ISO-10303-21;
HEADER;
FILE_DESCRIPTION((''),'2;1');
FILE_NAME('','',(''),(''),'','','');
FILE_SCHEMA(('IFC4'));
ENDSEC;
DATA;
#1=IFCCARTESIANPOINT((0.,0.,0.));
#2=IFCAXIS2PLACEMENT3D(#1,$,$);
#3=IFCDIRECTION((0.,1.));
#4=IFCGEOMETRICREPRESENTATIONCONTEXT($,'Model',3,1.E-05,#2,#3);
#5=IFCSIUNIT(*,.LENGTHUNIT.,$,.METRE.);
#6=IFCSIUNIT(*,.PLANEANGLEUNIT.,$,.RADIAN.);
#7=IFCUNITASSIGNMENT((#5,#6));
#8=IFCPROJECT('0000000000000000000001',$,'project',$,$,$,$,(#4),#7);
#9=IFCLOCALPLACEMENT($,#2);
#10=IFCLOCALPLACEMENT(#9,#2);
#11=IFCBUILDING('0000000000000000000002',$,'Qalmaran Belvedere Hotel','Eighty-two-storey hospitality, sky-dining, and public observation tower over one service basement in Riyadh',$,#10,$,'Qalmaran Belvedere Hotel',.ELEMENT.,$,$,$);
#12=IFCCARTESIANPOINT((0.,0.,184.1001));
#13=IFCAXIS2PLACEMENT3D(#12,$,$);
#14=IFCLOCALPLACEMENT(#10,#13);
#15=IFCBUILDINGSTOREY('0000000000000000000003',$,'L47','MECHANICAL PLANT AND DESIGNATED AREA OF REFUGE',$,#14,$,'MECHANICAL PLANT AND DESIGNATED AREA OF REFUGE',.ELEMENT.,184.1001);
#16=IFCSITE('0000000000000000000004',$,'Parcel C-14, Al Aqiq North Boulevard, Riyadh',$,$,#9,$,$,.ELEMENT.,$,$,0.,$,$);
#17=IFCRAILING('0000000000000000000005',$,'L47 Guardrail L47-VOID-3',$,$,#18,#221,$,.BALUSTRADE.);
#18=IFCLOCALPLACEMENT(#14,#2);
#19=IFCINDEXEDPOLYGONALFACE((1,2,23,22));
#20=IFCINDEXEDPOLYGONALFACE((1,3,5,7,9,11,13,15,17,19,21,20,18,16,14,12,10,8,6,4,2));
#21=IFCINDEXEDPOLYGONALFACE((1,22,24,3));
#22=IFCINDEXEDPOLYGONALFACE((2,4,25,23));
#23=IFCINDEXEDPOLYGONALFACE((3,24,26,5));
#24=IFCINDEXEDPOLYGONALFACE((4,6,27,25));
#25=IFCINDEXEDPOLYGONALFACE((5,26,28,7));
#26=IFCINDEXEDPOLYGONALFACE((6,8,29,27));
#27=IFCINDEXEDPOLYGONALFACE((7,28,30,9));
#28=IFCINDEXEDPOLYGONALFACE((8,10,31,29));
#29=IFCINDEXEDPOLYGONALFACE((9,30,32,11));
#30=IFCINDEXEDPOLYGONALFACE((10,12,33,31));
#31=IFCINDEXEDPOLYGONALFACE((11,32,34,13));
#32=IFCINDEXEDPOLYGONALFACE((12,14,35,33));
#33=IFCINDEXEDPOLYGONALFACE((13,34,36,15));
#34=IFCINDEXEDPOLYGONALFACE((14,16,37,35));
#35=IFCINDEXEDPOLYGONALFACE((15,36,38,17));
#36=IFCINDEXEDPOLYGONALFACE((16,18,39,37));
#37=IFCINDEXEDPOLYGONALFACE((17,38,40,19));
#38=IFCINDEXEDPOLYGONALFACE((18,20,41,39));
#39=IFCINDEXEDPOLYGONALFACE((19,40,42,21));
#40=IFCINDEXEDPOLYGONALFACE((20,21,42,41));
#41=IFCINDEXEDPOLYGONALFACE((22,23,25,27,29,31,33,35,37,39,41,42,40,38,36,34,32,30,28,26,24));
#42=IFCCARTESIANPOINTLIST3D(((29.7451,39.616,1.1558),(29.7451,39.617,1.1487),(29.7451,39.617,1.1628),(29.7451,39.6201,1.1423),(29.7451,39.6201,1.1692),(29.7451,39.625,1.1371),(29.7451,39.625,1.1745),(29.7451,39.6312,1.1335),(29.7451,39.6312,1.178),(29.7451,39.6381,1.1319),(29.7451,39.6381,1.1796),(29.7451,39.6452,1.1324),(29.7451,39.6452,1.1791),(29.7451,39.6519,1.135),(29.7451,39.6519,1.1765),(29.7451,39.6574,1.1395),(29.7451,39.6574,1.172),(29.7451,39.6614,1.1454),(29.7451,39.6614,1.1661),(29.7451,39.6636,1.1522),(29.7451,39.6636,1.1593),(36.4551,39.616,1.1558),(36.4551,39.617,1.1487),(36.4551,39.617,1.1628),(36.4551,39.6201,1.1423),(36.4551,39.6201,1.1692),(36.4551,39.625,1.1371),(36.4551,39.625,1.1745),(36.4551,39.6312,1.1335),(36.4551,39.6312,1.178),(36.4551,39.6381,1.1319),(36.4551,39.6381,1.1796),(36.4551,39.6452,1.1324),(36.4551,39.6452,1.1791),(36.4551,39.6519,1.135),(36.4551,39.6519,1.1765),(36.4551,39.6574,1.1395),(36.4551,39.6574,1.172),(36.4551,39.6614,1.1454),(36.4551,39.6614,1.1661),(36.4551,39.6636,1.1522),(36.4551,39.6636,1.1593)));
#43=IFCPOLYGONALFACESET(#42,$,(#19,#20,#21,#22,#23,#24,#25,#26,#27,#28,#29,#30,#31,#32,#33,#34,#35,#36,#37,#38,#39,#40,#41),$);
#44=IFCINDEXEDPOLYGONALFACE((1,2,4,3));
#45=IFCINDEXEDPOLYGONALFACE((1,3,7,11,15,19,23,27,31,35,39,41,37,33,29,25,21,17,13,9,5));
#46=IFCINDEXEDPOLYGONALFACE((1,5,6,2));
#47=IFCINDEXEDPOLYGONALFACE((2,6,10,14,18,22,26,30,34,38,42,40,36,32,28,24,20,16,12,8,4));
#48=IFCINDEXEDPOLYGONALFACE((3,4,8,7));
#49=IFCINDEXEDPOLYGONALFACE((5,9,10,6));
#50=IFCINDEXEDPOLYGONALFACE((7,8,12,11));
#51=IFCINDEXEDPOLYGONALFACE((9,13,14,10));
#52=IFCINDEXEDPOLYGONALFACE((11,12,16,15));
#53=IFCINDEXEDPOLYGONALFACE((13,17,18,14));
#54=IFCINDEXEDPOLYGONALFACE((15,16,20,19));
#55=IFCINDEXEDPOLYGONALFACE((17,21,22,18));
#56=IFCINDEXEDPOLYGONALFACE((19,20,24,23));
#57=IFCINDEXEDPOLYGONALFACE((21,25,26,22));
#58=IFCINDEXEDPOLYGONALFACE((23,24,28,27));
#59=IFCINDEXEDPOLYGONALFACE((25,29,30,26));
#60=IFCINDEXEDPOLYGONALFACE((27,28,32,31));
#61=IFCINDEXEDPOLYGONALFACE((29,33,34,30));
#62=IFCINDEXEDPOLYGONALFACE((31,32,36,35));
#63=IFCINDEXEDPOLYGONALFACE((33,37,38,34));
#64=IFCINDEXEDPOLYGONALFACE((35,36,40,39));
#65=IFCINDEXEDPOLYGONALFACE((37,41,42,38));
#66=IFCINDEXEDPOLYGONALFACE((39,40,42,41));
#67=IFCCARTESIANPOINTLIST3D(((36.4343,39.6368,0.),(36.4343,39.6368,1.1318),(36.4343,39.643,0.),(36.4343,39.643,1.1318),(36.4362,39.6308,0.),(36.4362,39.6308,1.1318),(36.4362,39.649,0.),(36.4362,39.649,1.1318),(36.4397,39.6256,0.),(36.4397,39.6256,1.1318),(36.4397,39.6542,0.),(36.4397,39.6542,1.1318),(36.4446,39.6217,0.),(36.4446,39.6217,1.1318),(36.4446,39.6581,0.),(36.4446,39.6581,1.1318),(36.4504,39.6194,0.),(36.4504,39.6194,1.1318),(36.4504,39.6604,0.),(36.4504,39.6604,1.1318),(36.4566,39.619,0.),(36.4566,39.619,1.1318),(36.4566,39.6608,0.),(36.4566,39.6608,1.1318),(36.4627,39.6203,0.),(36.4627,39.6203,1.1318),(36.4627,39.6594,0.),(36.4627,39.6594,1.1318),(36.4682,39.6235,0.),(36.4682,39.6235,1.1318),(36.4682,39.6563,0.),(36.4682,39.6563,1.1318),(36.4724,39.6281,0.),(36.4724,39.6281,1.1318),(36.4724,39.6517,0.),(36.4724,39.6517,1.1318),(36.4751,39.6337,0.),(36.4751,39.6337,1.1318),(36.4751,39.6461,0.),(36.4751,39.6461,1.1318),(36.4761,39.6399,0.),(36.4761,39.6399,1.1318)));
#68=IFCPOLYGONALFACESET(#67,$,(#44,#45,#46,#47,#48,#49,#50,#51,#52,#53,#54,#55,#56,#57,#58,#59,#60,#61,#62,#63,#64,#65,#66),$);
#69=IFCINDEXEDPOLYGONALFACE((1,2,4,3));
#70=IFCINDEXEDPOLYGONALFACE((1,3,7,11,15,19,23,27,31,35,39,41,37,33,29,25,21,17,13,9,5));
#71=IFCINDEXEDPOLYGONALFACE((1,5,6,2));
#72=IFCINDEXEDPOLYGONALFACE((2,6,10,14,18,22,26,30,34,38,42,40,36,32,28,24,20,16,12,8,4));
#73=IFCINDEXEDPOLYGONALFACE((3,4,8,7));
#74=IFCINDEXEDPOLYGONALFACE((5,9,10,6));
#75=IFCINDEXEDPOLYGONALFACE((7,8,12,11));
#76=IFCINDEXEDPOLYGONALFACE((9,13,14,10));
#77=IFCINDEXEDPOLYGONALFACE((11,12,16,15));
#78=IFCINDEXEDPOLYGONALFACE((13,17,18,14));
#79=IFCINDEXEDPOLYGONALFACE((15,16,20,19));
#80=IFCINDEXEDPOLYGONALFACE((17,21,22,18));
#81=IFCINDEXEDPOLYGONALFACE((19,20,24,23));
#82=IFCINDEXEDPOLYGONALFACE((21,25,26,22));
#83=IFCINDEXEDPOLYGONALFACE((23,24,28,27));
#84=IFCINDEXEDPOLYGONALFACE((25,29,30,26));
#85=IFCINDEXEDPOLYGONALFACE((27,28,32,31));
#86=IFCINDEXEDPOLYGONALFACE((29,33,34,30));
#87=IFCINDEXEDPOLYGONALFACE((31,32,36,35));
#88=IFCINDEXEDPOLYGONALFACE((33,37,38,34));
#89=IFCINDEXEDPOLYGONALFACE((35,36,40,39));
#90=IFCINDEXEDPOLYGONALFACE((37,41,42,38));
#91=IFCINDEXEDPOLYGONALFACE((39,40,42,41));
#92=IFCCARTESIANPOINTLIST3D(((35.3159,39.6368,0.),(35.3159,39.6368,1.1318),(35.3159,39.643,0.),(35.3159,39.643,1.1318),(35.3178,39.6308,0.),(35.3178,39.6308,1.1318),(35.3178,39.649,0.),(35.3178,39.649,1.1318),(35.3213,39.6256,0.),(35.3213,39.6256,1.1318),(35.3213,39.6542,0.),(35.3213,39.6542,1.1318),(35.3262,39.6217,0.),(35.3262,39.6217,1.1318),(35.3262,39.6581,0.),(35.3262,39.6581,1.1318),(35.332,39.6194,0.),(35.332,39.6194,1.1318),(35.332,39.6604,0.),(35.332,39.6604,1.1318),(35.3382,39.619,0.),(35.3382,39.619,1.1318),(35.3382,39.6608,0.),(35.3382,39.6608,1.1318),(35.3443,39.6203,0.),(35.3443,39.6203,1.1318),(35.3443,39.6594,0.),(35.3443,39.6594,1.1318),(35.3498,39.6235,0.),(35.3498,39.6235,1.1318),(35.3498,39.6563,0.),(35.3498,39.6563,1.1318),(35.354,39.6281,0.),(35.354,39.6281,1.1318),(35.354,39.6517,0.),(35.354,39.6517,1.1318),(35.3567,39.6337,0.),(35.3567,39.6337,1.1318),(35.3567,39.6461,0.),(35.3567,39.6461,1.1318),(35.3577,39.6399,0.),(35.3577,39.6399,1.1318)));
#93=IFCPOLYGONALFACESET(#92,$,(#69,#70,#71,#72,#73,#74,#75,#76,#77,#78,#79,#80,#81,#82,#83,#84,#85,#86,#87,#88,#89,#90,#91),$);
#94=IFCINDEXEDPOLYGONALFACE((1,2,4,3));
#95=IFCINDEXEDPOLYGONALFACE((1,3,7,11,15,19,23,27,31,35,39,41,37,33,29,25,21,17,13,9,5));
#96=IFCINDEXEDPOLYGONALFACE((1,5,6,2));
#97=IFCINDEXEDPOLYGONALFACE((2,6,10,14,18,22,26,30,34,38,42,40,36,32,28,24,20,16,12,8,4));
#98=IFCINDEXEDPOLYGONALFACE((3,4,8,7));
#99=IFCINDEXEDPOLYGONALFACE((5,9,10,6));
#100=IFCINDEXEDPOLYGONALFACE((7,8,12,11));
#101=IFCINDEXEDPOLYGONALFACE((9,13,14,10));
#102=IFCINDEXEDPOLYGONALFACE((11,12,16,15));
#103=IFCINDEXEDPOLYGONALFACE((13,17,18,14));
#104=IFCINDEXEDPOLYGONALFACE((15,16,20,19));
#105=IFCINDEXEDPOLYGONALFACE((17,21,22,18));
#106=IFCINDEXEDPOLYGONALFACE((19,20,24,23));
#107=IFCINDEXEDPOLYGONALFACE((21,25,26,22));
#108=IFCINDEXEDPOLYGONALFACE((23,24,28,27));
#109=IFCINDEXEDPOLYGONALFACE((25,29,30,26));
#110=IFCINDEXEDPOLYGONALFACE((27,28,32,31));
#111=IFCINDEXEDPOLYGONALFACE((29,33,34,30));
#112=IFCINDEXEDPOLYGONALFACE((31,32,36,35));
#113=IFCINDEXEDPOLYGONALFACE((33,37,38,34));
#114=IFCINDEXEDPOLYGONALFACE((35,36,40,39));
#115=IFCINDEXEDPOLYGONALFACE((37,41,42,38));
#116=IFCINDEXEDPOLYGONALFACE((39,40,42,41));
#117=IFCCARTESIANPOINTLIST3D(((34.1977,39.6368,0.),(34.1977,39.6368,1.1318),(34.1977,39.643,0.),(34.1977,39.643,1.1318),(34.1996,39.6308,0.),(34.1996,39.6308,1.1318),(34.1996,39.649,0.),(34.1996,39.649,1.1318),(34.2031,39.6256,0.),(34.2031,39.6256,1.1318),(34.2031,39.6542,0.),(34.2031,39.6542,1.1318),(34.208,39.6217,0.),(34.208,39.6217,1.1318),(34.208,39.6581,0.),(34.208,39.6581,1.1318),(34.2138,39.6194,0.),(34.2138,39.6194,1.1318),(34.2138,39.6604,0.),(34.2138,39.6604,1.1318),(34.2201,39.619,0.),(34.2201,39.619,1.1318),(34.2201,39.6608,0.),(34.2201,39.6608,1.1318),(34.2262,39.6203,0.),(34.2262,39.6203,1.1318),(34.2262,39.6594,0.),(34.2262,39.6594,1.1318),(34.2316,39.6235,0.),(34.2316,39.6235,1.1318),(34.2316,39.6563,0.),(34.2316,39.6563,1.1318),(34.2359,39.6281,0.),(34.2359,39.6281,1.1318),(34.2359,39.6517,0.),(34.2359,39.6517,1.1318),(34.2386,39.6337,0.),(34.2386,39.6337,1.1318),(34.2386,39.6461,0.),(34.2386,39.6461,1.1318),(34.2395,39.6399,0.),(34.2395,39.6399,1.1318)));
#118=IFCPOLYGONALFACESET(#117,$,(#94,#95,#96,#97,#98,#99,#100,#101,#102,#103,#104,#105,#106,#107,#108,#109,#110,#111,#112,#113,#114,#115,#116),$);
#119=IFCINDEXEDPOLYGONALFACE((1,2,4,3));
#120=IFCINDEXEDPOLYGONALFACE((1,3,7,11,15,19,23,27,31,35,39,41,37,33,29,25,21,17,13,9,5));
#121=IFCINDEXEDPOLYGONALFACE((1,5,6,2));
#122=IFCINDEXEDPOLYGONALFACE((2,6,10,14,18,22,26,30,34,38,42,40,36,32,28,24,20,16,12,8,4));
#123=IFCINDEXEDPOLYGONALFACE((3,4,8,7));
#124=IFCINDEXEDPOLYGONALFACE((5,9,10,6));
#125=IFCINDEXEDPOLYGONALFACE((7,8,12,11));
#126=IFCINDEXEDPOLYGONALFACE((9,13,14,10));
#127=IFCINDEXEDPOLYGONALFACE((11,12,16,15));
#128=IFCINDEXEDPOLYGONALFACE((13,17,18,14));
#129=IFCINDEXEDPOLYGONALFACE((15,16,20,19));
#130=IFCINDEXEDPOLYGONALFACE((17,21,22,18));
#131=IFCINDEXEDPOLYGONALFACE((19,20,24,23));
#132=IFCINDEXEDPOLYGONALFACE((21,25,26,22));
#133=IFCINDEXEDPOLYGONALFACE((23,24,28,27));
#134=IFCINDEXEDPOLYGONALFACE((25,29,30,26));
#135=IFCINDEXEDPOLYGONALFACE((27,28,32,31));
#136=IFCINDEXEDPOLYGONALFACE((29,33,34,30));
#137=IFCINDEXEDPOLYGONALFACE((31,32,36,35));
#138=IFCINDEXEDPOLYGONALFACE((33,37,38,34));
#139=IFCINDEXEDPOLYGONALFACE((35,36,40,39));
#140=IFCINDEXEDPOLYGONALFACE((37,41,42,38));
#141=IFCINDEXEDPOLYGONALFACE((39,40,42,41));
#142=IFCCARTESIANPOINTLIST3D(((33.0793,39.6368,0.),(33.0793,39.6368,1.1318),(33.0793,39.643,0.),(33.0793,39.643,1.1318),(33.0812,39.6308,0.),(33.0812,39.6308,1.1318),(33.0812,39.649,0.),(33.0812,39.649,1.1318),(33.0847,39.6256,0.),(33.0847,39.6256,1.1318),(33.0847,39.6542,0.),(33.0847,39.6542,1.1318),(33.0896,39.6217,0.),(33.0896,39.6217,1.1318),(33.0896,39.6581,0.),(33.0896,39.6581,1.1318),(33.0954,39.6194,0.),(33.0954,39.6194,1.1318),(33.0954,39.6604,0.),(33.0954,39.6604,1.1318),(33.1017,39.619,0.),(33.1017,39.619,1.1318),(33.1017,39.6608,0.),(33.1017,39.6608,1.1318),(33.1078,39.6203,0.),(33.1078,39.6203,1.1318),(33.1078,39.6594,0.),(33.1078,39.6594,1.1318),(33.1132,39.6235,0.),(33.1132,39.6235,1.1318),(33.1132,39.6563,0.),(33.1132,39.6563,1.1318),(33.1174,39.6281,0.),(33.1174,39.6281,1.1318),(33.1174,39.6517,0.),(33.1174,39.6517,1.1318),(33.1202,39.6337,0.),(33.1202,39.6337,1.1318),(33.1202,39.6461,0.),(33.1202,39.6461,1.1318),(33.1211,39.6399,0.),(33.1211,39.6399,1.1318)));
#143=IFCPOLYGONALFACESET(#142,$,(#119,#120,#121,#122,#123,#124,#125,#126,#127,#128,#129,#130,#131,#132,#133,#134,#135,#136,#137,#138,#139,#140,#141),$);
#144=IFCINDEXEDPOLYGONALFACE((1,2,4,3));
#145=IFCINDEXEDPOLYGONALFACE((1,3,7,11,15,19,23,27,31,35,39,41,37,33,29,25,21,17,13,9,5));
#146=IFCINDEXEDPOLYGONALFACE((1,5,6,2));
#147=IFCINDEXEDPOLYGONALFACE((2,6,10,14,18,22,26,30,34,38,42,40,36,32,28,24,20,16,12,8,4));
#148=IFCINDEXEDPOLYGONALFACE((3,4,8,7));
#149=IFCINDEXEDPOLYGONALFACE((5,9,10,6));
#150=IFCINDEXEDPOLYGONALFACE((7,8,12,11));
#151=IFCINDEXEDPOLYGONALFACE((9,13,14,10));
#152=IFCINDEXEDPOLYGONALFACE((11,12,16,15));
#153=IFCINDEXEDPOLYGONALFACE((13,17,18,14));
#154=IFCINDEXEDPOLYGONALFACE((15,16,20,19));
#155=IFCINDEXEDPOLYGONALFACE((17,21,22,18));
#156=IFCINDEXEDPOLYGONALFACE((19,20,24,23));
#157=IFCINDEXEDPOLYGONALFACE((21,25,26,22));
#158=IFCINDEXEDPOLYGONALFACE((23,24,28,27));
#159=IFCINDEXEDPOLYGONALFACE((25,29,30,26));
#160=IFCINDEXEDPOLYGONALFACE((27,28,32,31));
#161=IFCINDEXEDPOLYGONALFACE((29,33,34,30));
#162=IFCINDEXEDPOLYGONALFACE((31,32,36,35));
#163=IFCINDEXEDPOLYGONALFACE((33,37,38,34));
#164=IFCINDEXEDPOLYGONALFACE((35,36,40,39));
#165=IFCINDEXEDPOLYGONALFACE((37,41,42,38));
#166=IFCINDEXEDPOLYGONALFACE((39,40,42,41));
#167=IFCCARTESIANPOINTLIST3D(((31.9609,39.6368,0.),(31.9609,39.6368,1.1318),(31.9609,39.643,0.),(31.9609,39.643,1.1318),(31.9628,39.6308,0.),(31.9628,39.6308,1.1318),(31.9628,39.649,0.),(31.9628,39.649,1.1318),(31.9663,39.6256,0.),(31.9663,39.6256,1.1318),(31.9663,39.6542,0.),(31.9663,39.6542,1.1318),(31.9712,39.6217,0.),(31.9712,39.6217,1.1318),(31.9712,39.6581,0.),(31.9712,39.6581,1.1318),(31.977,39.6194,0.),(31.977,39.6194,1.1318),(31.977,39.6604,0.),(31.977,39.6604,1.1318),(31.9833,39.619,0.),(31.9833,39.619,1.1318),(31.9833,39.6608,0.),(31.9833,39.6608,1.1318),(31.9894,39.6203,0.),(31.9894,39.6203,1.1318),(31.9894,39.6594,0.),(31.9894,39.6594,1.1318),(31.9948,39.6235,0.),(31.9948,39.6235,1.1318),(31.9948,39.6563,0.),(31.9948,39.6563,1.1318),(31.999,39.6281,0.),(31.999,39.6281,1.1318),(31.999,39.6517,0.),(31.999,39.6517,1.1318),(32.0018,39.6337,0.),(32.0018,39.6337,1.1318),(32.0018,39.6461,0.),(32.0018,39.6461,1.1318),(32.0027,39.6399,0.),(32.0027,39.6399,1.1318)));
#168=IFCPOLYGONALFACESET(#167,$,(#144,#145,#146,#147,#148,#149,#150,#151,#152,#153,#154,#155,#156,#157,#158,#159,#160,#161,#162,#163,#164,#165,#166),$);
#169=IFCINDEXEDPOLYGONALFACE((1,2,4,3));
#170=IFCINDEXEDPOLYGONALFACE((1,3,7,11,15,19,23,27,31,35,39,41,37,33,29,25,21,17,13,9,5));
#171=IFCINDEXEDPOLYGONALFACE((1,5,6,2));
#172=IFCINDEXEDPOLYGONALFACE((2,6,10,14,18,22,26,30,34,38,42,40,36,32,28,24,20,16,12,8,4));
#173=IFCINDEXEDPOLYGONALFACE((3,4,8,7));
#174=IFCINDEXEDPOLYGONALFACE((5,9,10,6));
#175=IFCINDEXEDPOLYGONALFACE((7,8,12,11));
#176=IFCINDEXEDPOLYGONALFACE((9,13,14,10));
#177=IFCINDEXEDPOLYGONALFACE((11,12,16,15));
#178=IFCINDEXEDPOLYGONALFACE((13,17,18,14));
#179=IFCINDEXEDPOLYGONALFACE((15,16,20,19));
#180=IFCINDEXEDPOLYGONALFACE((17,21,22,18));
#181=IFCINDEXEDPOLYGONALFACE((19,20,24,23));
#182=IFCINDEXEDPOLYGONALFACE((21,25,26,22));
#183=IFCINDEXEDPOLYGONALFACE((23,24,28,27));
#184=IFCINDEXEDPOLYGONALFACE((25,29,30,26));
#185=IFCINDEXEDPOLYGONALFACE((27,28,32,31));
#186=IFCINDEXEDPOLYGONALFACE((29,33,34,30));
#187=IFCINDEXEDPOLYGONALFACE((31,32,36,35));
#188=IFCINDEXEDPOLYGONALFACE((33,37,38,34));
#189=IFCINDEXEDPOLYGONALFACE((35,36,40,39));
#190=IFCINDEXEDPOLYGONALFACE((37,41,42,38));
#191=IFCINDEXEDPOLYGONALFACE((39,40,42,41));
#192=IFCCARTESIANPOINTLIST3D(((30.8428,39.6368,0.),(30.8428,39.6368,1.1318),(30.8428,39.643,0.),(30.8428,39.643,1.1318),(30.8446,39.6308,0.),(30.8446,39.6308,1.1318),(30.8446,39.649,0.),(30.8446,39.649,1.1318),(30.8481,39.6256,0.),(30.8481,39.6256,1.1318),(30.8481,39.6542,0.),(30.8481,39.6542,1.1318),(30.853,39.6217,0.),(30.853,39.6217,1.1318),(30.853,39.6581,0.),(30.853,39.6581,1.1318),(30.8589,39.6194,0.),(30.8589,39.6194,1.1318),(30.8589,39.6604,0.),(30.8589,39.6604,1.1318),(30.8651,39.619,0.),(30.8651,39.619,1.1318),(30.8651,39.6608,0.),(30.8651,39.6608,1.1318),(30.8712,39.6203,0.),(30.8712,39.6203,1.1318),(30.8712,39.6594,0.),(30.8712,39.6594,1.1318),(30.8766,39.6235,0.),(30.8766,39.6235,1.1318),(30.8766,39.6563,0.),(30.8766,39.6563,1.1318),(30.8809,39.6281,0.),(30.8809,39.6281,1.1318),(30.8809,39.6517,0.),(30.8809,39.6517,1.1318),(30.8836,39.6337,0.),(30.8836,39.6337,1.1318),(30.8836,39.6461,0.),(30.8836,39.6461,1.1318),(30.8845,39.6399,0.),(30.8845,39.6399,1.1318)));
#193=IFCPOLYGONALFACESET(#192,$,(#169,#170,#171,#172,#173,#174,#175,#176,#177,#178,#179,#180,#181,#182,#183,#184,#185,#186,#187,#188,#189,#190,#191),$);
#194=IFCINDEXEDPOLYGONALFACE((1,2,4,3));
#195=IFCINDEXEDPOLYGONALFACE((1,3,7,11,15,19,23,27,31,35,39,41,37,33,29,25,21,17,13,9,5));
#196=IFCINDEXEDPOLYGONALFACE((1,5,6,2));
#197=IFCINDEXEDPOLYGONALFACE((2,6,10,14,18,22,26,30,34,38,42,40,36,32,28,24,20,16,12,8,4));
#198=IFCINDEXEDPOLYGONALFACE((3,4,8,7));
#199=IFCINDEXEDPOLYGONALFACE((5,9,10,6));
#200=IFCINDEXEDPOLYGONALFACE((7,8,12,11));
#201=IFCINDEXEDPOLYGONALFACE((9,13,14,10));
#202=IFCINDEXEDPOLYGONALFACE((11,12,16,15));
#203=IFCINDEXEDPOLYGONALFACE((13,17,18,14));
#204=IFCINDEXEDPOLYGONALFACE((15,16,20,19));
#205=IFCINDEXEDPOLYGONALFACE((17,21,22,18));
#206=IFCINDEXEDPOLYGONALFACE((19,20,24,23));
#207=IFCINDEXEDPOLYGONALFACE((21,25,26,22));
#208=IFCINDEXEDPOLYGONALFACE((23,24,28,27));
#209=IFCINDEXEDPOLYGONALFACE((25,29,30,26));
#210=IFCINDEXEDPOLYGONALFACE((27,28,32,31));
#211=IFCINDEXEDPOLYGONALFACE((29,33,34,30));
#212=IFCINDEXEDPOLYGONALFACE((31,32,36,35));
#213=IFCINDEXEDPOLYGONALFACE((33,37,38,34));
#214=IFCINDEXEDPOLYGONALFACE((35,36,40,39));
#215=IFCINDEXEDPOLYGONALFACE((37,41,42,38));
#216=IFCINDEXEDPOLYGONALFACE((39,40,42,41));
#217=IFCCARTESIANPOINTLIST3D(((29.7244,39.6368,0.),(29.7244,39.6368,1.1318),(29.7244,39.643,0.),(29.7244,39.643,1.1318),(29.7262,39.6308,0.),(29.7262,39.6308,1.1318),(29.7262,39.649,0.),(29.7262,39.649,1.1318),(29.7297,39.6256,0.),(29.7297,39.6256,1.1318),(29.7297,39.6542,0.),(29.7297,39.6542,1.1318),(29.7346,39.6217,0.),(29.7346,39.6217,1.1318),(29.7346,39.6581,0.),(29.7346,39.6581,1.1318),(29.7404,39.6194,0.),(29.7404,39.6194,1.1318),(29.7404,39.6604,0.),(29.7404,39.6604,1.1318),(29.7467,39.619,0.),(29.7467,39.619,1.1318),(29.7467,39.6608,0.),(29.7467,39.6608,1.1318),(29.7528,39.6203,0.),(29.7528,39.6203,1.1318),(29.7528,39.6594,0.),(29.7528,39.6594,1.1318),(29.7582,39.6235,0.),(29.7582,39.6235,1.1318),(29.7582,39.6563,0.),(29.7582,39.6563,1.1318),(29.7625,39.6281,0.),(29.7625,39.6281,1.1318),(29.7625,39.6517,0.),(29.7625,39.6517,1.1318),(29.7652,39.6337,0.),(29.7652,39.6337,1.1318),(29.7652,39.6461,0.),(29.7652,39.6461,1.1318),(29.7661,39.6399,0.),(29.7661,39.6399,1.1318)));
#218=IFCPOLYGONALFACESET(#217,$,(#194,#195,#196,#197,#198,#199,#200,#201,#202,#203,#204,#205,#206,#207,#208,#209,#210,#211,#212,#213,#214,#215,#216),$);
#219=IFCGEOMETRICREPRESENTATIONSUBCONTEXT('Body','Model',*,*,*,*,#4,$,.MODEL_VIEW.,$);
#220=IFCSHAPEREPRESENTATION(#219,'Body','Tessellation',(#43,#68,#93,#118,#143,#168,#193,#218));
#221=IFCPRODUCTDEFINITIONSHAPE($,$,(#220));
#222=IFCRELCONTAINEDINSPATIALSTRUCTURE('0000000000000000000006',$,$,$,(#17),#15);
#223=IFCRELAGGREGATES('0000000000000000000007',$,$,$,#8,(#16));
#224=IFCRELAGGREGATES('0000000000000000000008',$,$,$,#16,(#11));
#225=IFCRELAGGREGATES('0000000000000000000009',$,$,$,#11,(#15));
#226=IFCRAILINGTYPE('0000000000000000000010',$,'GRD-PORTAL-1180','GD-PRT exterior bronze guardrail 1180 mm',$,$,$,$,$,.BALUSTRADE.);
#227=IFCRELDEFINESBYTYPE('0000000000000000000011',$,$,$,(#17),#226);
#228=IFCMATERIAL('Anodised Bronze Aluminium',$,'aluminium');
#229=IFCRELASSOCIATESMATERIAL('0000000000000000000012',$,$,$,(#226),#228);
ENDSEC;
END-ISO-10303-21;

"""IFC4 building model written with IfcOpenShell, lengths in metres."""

from ifc_helpers import new_model, si_unit, direction, frame, origin, origin_2d, place, context, subcontext, project, spatial, circle, extrude, material, type_object, element, save


model = new_model("IFC4")

# Units and contexts
model_context = context("Model", 3, precision=1e-05, world=origin(), true_north=direction((0.0, 1.0)))
body_context = subcontext(model_context, "Body", "Model", "MODEL_VIEW")
ifc_project = project(units=[si_unit("LENGTHUNIT", "METRE"), si_unit("PLANEANGLEUNIT", "RADIAN")], contexts=[model_context])

# Site, building, storey
site_placement = place(None, origin())
site = spatial("IfcSite", under=ifc_project, at=site_placement, Name="Parcel C-14, Al Aqiq North Boulevard, Riyadh", CompositionType="ELEMENT", RefElevation=0.0)
building_placement = place(site_placement, origin())
building = spatial("IfcBuilding", under=site, at=building_placement, Name="Qalmaran Belvedere Hotel", Description="Eighty-two-storey hospitality, sky-dining, and public observation tower over one service basement in Riyadh", LongName="Qalmaran Belvedere Hotel", CompositionType="ELEMENT")
storey_placement = place(building_placement, frame((0.0, 0.0, 184.1001)))
storey = spatial("IfcBuildingStorey", under=building, at=storey_placement, Name="L47", Description="MECHANICAL PLANT AND DESIGNATED AREA OF REFUGE", LongName="MECHANICAL PLANT AND DESIGNATED AREA OF REFUGE", CompositionType="ELEMENT", Elevation=184.1001)

# Railing
ifc_material_1 = material(Name="Anodised Bronze Aluminium", Category="aluminium")
railing_type = type_object("IfcRailingType", Name="GRD-PORTAL-1180", Description="GD-PRT exterior bronze guardrail 1180 mm", PredefinedType="BALUSTRADE", material=ifc_material_1)
railing_1_placement = place(storey_placement, frame((36.4551, 39.6399, 0.0)))
element("IfcRailing", 1, at=railing_1_placement, inside=storey, type_object=railing_type, Name="L47 Guardrail L47-VOID-3", PredefinedType="BALUSTRADE", context=body_context, shape_type="SweptSolid", body=[
    extrude(circle(Radius=0.0239, at=origin_2d()), frame((0.0, 0.0, 1.1558), z_axis=(-1.0, 0.0, 0.0), x_axis=(0.0, -1.0, 0.0)), (0.0, 0.0, 1.0), 6.71),
    extrude(circle(Radius=0.021, at=origin_2d()), origin(), (0.0, 0.0, 1.0), 1.1318),
    extrude(circle(Radius=0.021, at=origin_2d()), frame((-1.1184, 0.0, 0.0)), (0.0, 0.0, 1.0), 1.1318),
    extrude(circle(Radius=0.021, at=origin_2d()), frame((-2.2366, 0.0, 0.0)), (0.0, 0.0, 1.0), 1.1318),
    extrude(circle(Radius=0.021, at=origin_2d()), frame((-3.355, 0.0, 0.0)), (0.0, 0.0, 1.0), 1.1318),
    extrude(circle(Radius=0.021, at=origin_2d()), frame((-4.4734, 0.0, 0.0)), (0.0, 0.0, 1.0), 1.1318),
    extrude(circle(Radius=0.021, at=origin_2d()), frame((-5.5916, 0.0, 0.0)), (0.0, 0.0, 1.0), 1.1318),
    extrude(circle(Radius=0.021, at=origin_2d()), frame((-6.71, 0.0, 0.0)), (0.0, 0.0, 1.0), 1.1318),
])

save(model, "model.ifc")
